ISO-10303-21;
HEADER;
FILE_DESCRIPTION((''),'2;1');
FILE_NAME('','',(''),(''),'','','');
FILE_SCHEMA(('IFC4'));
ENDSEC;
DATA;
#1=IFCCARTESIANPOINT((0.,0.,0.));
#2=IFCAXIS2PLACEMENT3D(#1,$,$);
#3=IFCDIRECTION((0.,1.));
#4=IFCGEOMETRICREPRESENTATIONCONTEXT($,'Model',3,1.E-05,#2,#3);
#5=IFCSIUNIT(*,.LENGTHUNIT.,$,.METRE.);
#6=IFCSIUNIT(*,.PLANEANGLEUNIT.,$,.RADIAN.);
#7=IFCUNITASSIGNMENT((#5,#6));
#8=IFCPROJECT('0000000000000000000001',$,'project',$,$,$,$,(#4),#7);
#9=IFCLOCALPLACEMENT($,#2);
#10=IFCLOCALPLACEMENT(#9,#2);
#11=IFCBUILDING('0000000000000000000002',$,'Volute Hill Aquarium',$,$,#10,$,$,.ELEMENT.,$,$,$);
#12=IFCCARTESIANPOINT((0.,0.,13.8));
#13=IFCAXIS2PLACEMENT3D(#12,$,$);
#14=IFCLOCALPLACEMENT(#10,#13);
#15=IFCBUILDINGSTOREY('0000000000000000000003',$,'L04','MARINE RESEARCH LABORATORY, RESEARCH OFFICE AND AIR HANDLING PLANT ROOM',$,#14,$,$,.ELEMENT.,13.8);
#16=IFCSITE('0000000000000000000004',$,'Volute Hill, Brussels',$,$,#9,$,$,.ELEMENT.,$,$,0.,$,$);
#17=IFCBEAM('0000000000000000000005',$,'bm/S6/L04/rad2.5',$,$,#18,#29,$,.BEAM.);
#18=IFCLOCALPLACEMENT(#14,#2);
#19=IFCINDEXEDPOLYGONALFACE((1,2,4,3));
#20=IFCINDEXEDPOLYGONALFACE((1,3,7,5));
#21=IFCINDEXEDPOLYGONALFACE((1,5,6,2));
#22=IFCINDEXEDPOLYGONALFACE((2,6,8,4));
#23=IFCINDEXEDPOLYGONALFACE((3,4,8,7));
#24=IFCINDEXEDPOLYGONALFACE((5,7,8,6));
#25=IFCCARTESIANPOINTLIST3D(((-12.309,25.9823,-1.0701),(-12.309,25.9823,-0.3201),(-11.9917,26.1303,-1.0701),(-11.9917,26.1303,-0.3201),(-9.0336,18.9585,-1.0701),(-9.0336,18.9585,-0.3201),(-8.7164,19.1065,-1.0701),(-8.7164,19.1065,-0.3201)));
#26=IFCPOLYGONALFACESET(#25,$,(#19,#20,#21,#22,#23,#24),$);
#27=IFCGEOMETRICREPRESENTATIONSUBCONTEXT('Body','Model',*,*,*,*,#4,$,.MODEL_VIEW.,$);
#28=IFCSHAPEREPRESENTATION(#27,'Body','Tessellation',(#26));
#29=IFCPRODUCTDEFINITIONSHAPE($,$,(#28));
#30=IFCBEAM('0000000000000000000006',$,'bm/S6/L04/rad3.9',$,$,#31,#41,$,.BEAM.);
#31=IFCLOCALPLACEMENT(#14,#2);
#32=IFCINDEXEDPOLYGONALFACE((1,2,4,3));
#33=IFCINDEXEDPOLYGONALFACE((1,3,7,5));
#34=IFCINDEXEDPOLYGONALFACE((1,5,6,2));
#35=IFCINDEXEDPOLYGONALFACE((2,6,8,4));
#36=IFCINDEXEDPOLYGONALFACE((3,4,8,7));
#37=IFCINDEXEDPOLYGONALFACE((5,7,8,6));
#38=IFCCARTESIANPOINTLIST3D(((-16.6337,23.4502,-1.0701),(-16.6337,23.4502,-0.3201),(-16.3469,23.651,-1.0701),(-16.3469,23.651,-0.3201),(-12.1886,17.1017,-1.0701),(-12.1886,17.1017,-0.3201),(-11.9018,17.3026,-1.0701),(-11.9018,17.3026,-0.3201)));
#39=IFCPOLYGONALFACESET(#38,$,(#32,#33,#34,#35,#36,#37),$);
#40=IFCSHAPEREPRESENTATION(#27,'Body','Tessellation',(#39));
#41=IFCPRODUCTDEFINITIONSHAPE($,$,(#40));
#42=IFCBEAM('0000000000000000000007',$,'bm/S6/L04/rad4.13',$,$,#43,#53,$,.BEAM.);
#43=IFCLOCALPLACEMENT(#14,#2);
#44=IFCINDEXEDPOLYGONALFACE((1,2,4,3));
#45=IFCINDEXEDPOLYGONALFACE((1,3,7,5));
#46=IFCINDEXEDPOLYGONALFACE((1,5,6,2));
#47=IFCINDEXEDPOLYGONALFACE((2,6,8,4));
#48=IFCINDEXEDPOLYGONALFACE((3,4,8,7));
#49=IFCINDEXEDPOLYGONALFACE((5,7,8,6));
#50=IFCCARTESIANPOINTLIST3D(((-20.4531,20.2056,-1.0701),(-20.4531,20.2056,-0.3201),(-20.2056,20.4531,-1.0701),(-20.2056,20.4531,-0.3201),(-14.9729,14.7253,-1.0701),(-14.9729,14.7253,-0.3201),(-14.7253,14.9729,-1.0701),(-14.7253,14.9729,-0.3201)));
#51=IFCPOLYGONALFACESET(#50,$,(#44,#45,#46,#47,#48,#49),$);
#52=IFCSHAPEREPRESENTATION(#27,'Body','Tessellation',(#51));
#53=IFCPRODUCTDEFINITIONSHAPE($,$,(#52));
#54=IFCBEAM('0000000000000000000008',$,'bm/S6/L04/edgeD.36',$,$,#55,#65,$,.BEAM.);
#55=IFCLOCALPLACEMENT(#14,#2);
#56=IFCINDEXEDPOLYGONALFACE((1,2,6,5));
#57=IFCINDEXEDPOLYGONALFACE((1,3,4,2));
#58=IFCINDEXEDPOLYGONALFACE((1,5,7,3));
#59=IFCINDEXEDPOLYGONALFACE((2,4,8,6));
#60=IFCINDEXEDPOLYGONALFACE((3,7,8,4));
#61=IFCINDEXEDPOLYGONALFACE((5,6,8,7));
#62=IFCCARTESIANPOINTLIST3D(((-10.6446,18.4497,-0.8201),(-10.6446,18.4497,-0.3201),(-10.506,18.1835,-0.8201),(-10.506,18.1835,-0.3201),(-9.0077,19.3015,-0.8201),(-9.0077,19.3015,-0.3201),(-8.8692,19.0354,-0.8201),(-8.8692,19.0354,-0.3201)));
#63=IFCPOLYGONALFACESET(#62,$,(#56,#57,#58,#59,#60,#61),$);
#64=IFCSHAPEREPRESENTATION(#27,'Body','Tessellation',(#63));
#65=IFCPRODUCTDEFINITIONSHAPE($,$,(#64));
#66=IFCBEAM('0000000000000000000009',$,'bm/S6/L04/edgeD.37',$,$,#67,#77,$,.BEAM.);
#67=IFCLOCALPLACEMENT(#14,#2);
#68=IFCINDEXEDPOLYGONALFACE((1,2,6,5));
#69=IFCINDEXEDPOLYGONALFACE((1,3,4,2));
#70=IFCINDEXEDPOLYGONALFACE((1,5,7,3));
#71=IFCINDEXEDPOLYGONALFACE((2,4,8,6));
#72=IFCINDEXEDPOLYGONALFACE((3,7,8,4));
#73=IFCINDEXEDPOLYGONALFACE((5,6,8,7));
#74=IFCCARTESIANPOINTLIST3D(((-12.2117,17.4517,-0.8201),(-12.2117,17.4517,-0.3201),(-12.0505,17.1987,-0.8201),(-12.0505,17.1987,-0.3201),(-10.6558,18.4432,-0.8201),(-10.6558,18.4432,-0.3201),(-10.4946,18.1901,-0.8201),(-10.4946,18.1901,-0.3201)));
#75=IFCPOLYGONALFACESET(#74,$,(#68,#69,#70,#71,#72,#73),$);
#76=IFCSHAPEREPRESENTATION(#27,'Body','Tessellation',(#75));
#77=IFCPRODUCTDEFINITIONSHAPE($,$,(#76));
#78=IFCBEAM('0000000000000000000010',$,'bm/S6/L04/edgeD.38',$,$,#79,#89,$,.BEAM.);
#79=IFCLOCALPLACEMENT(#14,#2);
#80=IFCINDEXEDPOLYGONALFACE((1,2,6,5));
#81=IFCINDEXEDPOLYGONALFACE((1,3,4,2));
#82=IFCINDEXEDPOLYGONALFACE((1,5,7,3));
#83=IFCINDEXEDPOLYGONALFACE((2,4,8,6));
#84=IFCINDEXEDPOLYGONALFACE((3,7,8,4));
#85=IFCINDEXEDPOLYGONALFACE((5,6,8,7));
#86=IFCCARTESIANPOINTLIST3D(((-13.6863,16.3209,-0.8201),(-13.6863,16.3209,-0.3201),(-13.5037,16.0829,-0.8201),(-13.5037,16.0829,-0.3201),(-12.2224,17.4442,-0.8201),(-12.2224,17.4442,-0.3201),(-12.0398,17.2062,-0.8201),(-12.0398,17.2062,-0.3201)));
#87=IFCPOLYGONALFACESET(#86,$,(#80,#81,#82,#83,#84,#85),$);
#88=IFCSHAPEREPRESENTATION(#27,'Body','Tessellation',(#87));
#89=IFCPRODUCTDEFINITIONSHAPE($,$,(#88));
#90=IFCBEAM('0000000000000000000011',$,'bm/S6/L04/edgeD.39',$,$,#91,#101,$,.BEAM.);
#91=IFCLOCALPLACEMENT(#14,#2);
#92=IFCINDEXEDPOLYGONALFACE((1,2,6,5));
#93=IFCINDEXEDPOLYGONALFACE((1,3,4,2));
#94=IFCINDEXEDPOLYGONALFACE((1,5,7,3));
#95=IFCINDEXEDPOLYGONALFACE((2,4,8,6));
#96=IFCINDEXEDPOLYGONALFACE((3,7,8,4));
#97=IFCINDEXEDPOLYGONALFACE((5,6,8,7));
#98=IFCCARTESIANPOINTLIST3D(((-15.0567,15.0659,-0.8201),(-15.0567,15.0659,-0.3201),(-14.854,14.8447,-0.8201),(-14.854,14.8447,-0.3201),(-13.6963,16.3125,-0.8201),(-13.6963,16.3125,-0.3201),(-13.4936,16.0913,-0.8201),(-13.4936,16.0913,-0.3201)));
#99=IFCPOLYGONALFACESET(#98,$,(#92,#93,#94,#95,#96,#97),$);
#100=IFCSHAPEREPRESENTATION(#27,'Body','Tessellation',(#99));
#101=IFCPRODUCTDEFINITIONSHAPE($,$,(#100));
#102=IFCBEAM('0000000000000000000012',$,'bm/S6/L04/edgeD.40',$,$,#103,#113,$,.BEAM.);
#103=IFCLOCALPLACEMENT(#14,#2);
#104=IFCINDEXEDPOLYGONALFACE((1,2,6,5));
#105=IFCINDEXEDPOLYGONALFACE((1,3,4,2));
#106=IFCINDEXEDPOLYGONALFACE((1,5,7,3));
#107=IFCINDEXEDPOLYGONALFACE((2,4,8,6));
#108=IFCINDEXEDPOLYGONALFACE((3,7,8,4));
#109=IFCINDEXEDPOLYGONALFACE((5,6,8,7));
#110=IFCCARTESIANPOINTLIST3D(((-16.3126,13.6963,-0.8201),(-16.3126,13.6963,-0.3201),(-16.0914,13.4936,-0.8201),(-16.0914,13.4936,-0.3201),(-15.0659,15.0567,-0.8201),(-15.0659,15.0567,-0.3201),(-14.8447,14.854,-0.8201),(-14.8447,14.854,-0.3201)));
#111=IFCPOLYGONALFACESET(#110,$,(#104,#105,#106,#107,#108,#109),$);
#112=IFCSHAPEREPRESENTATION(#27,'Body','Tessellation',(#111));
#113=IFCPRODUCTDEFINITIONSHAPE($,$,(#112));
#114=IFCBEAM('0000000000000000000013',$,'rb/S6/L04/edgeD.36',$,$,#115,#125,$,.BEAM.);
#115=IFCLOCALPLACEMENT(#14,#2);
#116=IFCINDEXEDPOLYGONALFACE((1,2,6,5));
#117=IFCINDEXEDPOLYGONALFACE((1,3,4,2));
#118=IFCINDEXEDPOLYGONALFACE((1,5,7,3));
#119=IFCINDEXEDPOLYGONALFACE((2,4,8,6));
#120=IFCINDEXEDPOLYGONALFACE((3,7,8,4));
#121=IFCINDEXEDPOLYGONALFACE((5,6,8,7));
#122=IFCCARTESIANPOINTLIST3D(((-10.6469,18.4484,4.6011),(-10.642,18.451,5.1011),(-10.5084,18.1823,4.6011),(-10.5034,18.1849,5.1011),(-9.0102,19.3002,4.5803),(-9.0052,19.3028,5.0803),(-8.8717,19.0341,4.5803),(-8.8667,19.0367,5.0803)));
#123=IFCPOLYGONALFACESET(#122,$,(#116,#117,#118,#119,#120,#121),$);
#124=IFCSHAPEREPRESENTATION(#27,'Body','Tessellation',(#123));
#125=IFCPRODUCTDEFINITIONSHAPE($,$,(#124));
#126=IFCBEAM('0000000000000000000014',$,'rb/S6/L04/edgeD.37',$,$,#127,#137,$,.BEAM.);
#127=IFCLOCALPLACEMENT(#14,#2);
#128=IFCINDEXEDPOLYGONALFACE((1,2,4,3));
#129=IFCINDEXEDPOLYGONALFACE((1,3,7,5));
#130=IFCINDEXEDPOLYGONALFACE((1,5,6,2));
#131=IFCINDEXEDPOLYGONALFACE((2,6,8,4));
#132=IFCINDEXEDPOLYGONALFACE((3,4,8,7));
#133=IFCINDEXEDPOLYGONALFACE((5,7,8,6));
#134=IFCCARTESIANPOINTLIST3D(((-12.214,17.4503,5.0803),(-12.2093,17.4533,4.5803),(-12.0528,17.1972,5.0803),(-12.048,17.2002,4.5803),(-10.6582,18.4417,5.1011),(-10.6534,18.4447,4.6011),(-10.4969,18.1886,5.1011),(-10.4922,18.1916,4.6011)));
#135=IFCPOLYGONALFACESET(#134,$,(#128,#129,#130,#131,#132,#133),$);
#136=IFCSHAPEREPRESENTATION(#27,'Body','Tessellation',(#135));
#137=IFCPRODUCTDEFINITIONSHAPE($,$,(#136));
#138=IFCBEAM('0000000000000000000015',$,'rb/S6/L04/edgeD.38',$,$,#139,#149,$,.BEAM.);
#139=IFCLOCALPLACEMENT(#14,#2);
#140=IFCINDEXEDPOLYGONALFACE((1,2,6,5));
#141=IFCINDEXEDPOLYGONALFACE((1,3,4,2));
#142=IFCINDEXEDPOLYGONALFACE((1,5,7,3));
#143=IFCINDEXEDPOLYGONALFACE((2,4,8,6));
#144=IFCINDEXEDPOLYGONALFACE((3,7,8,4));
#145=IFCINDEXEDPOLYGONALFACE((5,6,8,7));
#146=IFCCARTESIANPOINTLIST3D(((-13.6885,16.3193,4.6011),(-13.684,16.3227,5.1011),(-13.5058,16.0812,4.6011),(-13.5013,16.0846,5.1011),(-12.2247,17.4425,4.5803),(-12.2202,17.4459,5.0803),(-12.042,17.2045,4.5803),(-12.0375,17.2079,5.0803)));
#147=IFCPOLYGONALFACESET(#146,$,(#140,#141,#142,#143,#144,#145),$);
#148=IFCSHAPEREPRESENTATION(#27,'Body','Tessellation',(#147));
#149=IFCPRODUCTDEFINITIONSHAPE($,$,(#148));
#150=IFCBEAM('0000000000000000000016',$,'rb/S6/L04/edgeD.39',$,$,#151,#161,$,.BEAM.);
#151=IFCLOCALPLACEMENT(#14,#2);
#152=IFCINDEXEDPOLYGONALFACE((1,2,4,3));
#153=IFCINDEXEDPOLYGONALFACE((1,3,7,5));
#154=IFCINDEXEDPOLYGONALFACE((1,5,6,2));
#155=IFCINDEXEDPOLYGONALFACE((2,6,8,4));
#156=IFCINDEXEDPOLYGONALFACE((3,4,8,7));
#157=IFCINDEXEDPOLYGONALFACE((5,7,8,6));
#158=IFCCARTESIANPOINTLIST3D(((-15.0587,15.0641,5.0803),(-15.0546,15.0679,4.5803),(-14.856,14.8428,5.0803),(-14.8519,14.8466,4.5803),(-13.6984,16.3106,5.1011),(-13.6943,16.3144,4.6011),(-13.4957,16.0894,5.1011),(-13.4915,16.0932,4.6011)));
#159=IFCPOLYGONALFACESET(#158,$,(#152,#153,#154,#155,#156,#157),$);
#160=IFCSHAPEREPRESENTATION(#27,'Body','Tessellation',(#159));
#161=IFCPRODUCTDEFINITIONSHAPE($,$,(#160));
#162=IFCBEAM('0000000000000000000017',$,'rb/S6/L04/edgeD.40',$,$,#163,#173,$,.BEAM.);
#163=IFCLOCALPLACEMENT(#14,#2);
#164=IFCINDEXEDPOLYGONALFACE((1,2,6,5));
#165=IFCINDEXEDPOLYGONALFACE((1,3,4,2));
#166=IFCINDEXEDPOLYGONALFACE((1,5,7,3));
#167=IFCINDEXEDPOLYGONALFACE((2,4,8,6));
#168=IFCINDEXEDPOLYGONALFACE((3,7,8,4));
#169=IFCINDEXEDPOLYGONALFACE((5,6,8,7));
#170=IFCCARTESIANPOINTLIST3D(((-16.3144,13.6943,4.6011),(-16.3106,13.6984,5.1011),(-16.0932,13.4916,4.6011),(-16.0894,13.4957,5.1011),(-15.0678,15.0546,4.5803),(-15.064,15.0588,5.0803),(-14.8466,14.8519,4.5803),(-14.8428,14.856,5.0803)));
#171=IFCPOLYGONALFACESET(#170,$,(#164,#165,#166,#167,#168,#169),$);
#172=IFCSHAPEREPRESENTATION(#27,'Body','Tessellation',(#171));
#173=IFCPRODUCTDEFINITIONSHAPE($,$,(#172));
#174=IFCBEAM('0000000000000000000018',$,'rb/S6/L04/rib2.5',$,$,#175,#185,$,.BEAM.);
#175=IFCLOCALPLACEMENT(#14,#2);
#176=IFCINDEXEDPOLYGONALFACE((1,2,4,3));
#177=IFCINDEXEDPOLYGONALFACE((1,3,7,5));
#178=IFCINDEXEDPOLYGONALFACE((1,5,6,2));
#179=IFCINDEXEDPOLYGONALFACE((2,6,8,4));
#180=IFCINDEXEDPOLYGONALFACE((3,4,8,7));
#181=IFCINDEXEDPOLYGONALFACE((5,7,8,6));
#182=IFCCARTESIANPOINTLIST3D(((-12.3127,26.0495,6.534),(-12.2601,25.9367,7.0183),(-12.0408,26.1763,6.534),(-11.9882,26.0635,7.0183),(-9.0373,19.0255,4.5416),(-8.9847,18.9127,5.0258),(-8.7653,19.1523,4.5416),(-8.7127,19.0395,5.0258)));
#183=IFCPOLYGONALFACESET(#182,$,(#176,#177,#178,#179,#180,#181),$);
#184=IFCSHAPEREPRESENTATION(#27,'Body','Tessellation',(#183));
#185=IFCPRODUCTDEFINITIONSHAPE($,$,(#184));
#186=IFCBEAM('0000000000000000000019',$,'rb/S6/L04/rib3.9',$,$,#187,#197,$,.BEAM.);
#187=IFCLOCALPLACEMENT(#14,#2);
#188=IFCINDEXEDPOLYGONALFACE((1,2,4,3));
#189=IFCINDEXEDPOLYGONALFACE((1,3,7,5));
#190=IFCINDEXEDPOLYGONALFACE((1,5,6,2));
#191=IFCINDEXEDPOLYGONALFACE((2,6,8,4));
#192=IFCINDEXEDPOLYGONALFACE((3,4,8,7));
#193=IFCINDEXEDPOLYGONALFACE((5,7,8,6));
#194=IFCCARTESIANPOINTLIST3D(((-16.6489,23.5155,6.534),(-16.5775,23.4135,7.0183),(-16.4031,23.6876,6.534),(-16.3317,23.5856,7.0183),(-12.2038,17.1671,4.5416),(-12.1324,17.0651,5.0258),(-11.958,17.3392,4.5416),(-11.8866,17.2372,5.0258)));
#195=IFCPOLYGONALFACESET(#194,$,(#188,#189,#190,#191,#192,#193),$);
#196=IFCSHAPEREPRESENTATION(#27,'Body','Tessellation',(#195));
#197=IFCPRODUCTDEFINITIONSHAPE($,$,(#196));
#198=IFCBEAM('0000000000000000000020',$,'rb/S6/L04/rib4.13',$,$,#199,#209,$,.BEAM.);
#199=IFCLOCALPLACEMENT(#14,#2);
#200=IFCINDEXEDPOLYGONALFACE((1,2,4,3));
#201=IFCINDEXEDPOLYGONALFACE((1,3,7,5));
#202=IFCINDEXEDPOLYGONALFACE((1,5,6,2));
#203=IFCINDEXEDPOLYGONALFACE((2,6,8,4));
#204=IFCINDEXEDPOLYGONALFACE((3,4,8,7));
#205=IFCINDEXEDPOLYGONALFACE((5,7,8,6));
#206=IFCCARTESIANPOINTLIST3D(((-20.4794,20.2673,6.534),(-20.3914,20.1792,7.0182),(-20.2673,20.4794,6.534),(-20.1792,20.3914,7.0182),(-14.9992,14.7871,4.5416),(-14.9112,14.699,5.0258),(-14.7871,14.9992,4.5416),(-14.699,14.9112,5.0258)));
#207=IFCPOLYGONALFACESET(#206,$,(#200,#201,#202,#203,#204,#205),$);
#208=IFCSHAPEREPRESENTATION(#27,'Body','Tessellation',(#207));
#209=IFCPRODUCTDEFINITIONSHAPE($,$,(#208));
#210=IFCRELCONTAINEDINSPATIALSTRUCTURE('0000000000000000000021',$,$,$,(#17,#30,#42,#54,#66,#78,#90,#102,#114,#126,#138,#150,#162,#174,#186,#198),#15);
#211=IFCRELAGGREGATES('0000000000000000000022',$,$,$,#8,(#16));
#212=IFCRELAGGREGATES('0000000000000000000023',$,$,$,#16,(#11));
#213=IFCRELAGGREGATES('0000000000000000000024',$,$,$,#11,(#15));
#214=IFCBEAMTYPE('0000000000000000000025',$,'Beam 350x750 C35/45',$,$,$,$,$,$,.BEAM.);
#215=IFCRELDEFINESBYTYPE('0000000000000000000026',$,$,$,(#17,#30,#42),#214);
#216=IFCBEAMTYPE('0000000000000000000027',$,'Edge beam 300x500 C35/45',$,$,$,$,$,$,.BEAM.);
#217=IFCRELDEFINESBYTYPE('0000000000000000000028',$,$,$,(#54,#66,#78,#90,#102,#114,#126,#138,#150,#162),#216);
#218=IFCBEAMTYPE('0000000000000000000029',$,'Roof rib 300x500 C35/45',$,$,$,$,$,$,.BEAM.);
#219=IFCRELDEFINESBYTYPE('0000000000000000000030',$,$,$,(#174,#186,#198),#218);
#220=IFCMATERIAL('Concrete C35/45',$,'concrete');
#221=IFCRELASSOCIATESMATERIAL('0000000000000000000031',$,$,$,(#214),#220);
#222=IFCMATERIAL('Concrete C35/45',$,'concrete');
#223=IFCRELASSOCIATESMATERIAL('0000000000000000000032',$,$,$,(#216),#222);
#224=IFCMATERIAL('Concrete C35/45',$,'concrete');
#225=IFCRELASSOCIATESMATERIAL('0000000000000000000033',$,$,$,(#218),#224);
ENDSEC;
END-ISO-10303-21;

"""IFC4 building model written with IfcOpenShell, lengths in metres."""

from ifc_helpers import new_model, si_unit, direction, frame, origin, origin_2d, place, context, subcontext, project, spatial, rectangle, extrude, material, material_profile, profile_set, type_object, element, save


model = new_model("IFC4")

# Units and contexts
model_context = context("Model", 3, precision=1e-05, world=origin(), true_north=direction((0.0, 1.0)))
body_context = subcontext(model_context, "Body", "Model", "MODEL_VIEW")
ifc_project = project(units=[si_unit("LENGTHUNIT", "METRE"), si_unit("PLANEANGLEUNIT", "RADIAN")], contexts=[model_context])

# Site, building, storey
site_placement = place(None, origin())
site = spatial("IfcSite", under=ifc_project, at=site_placement, Name="Volute Hill, Brussels", CompositionType="ELEMENT", RefElevation=0.0)
building_placement = place(site_placement, origin())
building = spatial("IfcBuilding", under=site, at=building_placement, Name="Volute Hill Aquarium", CompositionType="ELEMENT")
storey_placement = place(building_placement, frame((0.0, 0.0, 13.8)))
storey = spatial("IfcBuildingStorey", under=building, at=storey_placement, Name="L04", Description="MARINE RESEARCH LABORATORY, RESEARCH OFFICE AND AIR HANDLING PLANT ROOM", CompositionType="ELEMENT", Elevation=13.8)

# Beams
ifc_material_1 = material(Name="Concrete C35/45", Category="concrete")
ifc_material_profile_1 = material_profile(ifc_material_1, rectangle(XDim=0.3501, YDim=0.75, at=origin_2d()), Name="RC beam 350x750")
ifc_profile_set_1 = profile_set([ifc_material_profile_1], Name="Concrete C35/45")
beam_type_1 = type_object("IfcBeamType", Name="Beam 350x750 C35/45", PredefinedType="BEAM", material=ifc_profile_set_1)
for number, where, z_axis, x_axis, name in (
    (1, (-8.875, 19.0325, -0.6951), (-0.422627, 0.906304, 0.0), (-0.906304, -0.422627, 0.0), "bm/S6/L04/rad2.5"),
    (2, (-12.0452, 17.2021, -0.6951), (-0.573566, 0.819159, 0.0), (-0.819159, -0.573566, 0.0), "bm/S6/L04/rad3.9"),
):
    element("IfcBeam", number, at=place(storey_placement, frame(where, z_axis=z_axis, x_axis=x_axis)), inside=storey, type_object=beam_type_1, Name=name, PredefinedType="BEAM", context=body_context, shape_type="SweptSolid", body=[
        extrude(rectangle(XDim=0.3501, YDim=0.75, at=origin_2d()), origin(), (0.0, 0.0, 1.0), 7.75),
    ])
beam_1_placement = place(storey_placement, frame((-14.8491, 14.8491, -0.6951), z_axis=(-0.707107, 0.707107, 0.0), x_axis=(-0.707107, -0.707107, 0.0)))
element("IfcBeam", 3, at=beam_1_placement, inside=storey, type_object=beam_type_1, Name="bm/S6/L04/rad4.13", PredefinedType="BEAM", context=body_context, shape_type="SweptSolid", body=[
    extrude(rectangle(XDim=0.3501, YDim=0.75, at=origin_2d()), origin(), (0.0, 0.0, 1.0), 7.7502),
])
ifc_material_2 = material(Name="Concrete C35/45", Category="concrete")
ifc_material_profile_2 = material_profile(ifc_material_2, rectangle(XDim=0.3, YDim=0.5, at=origin_2d()), Name="RC edge beam 300x500")
ifc_profile_set_2 = profile_set([ifc_material_profile_2], Name="Concrete C35/45")
beam_type_2 = type_object("IfcBeamType", Name="Edge beam 300x500 C35/45", PredefinedType="BEAM", material=ifc_profile_set_2)
beam_2_placement = place(storey_placement, frame((-8.9385, 19.1685, -0.5701), z_axis=(-0.887059, -0.461657, 0.0), x_axis=(0.461657, -0.887059, 0.0)))
element("IfcBeam", 4, at=beam_2_placement, inside=storey, type_object=beam_type_2, Name="bm/S6/L04/edgeD.36", PredefinedType="BEAM", context=body_context, shape_type="SweptSolid", body=[
    extrude(rectangle(XDim=0.3, YDim=0.5, at=origin_2d()), origin(), (0.0, 0.0, 1.0), 1.8452),
])
beam_3_placement = place(storey_placement, frame((-10.5752, 18.3167, -0.5701), z_axis=(-0.843334, -0.537389, 0.0), x_axis=(0.537389, -0.843334, 0.0)))
element("IfcBeam", 5, at=beam_3_placement, inside=storey, type_object=beam_type_2, Name="bm/S6/L04/edgeD.37", PredefinedType="BEAM", context=body_context, shape_type="SweptSolid", body=[
    extrude(rectangle(XDim=0.3, YDim=0.5, at=origin_2d()), origin(), (0.0, 0.0, 1.0), 1.845),
])
for number, where, z_axis, x_axis, name in (
    (6, (-12.1311, 17.3252, -0.5701), (-0.793346, -0.60877, 0.0), (0.60877, -0.793346, 0.0), "bm/S6/L04/edgeD.38"),
    (7, (-13.595, 16.2019, -0.5701), (-0.737264, -0.675605, 0.0), (0.675605, -0.737264, 0.0), "bm/S6/L04/edgeD.39"),
    (8, (-14.9553, 14.9553, -0.5701), (-0.675605, -0.737264, 0.0), (0.737264, -0.675605, 0.0), "bm/S6/L04/edgeD.40"),
    (9, (-8.9385, 19.1685, 4.8303), (-0.887003, -0.461628, 0.011246), (0.461657, -0.887059, 0.0), "rb/S6/L04/edgeD.36"),
):
    element("IfcBeam", number, at=place(storey_placement, frame(where, z_axis=z_axis, x_axis=x_axis)), inside=storey, type_object=beam_type_2, Name=name, PredefinedType="BEAM", context=body_context, shape_type="SweptSolid", body=[
        extrude(rectangle(XDim=0.3, YDim=0.5, at=origin_2d()), origin(), (0.0, 0.0, 1.0), 1.8452),
    ])
beam_4_placement = place(storey_placement, frame((-10.5752, 18.3167, 4.8511), z_axis=(-0.843281, -0.537355, -0.011247), x_axis=(0.537389, -0.843334, 0.0)))
element("IfcBeam", 10, at=beam_4_placement, inside=storey, type_object=beam_type_2, Name="rb/S6/L04/edgeD.37", PredefinedType="BEAM", context=body_context, shape_type="SweptSolid", body=[
    extrude(rectangle(XDim=0.3, YDim=0.5, at=origin_2d()), origin(), (0.0, 0.0, 1.0), 1.845),
])
for number, where, z_axis, x_axis, name in (
    (11, (-12.1311, 17.3252, 4.8303), (-0.793296, -0.608732, 0.011246), (0.60877, -0.793346, 0.0), "rb/S6/L04/edgeD.38"),
    (12, (-13.595, 16.2019, 4.8511), (-0.737217, -0.675562, -0.011246), (0.675605, -0.737264, 0.0), "rb/S6/L04/edgeD.39"),
    (13, (-14.9553, 14.9553, 4.8303), (-0.675562, -0.737217, 0.011246), (0.737264, -0.675605, 0.0), "rb/S6/L04/edgeD.40"),
):
    element("IfcBeam", number, at=place(storey_placement, frame(where, z_axis=z_axis, x_axis=x_axis)), inside=storey, type_object=beam_type_2, Name=name, PredefinedType="BEAM", context=body_context, shape_type="SweptSolid", body=[
        extrude(rectangle(XDim=0.3, YDim=0.5, at=origin_2d()), origin(), (0.0, 0.0, 1.0), 1.8452),
    ])
ifc_material_3 = material(Name="Concrete C35/45", Category="concrete")
ifc_material_profile_3 = material_profile(ifc_material_3, rectangle(XDim=0.3, YDim=0.5, at=origin_2d()), Name="RC rib 300x500")
ifc_profile_set_3 = profile_set([ifc_material_profile_3], Name="Concrete C35/45")
beam_type_3 = type_object("IfcBeamType", Name="Roof rib 300x500 C35/45", PredefinedType="BEAM", material=ifc_profile_set_3)
beam_5_placement = place(storey_placement, frame((-8.875, 19.0325, 4.7837), z_axis=(-0.409317, 0.877761, 0.248989), x_axis=(-0.906304, -0.422627, 0.0)))
element("IfcBeam", 14, at=beam_5_placement, inside=storey, type_object=beam_type_3, Name="rb/S6/L04/rib2.5", PredefinedType="BEAM", context=body_context, shape_type="SweptSolid", body=[
    extrude(rectangle(XDim=0.3, YDim=0.5, at=origin_2d()), origin(), (0.0, 0.0, 1.0), 8.0022),
])
beam_6_placement = place(storey_placement, frame((-12.0452, 17.2021, 4.7837), z_axis=(-0.555501, 0.79336, 0.248995), x_axis=(-0.819159, -0.573566, 0.0)))
element("IfcBeam", 15, at=beam_6_placement, inside=storey, type_object=beam_type_3, Name="rb/S6/L04/rib3.9", PredefinedType="BEAM", context=body_context, shape_type="SweptSolid", body=[
    extrude(rectangle(XDim=0.3, YDim=0.5, at=origin_2d()), origin(), (0.0, 0.0, 1.0), 8.002),
])
beam_7_placement = place(storey_placement, frame((-14.8491, 14.8491, 4.7837), z_axis=(-0.684838, 0.684838, 0.248985), x_axis=(-0.707107, -0.707107, 0.0)))
element("IfcBeam", 16, at=beam_7_placement, inside=storey, type_object=beam_type_3, Name="rb/S6/L04/rib4.13", PredefinedType="BEAM", context=body_context, shape_type="SweptSolid", body=[
    extrude(rectangle(XDim=0.3, YDim=0.5, at=origin_2d()), origin(), (0.0, 0.0, 1.0), 8.0022),
])

save(model, "model.ifc")
